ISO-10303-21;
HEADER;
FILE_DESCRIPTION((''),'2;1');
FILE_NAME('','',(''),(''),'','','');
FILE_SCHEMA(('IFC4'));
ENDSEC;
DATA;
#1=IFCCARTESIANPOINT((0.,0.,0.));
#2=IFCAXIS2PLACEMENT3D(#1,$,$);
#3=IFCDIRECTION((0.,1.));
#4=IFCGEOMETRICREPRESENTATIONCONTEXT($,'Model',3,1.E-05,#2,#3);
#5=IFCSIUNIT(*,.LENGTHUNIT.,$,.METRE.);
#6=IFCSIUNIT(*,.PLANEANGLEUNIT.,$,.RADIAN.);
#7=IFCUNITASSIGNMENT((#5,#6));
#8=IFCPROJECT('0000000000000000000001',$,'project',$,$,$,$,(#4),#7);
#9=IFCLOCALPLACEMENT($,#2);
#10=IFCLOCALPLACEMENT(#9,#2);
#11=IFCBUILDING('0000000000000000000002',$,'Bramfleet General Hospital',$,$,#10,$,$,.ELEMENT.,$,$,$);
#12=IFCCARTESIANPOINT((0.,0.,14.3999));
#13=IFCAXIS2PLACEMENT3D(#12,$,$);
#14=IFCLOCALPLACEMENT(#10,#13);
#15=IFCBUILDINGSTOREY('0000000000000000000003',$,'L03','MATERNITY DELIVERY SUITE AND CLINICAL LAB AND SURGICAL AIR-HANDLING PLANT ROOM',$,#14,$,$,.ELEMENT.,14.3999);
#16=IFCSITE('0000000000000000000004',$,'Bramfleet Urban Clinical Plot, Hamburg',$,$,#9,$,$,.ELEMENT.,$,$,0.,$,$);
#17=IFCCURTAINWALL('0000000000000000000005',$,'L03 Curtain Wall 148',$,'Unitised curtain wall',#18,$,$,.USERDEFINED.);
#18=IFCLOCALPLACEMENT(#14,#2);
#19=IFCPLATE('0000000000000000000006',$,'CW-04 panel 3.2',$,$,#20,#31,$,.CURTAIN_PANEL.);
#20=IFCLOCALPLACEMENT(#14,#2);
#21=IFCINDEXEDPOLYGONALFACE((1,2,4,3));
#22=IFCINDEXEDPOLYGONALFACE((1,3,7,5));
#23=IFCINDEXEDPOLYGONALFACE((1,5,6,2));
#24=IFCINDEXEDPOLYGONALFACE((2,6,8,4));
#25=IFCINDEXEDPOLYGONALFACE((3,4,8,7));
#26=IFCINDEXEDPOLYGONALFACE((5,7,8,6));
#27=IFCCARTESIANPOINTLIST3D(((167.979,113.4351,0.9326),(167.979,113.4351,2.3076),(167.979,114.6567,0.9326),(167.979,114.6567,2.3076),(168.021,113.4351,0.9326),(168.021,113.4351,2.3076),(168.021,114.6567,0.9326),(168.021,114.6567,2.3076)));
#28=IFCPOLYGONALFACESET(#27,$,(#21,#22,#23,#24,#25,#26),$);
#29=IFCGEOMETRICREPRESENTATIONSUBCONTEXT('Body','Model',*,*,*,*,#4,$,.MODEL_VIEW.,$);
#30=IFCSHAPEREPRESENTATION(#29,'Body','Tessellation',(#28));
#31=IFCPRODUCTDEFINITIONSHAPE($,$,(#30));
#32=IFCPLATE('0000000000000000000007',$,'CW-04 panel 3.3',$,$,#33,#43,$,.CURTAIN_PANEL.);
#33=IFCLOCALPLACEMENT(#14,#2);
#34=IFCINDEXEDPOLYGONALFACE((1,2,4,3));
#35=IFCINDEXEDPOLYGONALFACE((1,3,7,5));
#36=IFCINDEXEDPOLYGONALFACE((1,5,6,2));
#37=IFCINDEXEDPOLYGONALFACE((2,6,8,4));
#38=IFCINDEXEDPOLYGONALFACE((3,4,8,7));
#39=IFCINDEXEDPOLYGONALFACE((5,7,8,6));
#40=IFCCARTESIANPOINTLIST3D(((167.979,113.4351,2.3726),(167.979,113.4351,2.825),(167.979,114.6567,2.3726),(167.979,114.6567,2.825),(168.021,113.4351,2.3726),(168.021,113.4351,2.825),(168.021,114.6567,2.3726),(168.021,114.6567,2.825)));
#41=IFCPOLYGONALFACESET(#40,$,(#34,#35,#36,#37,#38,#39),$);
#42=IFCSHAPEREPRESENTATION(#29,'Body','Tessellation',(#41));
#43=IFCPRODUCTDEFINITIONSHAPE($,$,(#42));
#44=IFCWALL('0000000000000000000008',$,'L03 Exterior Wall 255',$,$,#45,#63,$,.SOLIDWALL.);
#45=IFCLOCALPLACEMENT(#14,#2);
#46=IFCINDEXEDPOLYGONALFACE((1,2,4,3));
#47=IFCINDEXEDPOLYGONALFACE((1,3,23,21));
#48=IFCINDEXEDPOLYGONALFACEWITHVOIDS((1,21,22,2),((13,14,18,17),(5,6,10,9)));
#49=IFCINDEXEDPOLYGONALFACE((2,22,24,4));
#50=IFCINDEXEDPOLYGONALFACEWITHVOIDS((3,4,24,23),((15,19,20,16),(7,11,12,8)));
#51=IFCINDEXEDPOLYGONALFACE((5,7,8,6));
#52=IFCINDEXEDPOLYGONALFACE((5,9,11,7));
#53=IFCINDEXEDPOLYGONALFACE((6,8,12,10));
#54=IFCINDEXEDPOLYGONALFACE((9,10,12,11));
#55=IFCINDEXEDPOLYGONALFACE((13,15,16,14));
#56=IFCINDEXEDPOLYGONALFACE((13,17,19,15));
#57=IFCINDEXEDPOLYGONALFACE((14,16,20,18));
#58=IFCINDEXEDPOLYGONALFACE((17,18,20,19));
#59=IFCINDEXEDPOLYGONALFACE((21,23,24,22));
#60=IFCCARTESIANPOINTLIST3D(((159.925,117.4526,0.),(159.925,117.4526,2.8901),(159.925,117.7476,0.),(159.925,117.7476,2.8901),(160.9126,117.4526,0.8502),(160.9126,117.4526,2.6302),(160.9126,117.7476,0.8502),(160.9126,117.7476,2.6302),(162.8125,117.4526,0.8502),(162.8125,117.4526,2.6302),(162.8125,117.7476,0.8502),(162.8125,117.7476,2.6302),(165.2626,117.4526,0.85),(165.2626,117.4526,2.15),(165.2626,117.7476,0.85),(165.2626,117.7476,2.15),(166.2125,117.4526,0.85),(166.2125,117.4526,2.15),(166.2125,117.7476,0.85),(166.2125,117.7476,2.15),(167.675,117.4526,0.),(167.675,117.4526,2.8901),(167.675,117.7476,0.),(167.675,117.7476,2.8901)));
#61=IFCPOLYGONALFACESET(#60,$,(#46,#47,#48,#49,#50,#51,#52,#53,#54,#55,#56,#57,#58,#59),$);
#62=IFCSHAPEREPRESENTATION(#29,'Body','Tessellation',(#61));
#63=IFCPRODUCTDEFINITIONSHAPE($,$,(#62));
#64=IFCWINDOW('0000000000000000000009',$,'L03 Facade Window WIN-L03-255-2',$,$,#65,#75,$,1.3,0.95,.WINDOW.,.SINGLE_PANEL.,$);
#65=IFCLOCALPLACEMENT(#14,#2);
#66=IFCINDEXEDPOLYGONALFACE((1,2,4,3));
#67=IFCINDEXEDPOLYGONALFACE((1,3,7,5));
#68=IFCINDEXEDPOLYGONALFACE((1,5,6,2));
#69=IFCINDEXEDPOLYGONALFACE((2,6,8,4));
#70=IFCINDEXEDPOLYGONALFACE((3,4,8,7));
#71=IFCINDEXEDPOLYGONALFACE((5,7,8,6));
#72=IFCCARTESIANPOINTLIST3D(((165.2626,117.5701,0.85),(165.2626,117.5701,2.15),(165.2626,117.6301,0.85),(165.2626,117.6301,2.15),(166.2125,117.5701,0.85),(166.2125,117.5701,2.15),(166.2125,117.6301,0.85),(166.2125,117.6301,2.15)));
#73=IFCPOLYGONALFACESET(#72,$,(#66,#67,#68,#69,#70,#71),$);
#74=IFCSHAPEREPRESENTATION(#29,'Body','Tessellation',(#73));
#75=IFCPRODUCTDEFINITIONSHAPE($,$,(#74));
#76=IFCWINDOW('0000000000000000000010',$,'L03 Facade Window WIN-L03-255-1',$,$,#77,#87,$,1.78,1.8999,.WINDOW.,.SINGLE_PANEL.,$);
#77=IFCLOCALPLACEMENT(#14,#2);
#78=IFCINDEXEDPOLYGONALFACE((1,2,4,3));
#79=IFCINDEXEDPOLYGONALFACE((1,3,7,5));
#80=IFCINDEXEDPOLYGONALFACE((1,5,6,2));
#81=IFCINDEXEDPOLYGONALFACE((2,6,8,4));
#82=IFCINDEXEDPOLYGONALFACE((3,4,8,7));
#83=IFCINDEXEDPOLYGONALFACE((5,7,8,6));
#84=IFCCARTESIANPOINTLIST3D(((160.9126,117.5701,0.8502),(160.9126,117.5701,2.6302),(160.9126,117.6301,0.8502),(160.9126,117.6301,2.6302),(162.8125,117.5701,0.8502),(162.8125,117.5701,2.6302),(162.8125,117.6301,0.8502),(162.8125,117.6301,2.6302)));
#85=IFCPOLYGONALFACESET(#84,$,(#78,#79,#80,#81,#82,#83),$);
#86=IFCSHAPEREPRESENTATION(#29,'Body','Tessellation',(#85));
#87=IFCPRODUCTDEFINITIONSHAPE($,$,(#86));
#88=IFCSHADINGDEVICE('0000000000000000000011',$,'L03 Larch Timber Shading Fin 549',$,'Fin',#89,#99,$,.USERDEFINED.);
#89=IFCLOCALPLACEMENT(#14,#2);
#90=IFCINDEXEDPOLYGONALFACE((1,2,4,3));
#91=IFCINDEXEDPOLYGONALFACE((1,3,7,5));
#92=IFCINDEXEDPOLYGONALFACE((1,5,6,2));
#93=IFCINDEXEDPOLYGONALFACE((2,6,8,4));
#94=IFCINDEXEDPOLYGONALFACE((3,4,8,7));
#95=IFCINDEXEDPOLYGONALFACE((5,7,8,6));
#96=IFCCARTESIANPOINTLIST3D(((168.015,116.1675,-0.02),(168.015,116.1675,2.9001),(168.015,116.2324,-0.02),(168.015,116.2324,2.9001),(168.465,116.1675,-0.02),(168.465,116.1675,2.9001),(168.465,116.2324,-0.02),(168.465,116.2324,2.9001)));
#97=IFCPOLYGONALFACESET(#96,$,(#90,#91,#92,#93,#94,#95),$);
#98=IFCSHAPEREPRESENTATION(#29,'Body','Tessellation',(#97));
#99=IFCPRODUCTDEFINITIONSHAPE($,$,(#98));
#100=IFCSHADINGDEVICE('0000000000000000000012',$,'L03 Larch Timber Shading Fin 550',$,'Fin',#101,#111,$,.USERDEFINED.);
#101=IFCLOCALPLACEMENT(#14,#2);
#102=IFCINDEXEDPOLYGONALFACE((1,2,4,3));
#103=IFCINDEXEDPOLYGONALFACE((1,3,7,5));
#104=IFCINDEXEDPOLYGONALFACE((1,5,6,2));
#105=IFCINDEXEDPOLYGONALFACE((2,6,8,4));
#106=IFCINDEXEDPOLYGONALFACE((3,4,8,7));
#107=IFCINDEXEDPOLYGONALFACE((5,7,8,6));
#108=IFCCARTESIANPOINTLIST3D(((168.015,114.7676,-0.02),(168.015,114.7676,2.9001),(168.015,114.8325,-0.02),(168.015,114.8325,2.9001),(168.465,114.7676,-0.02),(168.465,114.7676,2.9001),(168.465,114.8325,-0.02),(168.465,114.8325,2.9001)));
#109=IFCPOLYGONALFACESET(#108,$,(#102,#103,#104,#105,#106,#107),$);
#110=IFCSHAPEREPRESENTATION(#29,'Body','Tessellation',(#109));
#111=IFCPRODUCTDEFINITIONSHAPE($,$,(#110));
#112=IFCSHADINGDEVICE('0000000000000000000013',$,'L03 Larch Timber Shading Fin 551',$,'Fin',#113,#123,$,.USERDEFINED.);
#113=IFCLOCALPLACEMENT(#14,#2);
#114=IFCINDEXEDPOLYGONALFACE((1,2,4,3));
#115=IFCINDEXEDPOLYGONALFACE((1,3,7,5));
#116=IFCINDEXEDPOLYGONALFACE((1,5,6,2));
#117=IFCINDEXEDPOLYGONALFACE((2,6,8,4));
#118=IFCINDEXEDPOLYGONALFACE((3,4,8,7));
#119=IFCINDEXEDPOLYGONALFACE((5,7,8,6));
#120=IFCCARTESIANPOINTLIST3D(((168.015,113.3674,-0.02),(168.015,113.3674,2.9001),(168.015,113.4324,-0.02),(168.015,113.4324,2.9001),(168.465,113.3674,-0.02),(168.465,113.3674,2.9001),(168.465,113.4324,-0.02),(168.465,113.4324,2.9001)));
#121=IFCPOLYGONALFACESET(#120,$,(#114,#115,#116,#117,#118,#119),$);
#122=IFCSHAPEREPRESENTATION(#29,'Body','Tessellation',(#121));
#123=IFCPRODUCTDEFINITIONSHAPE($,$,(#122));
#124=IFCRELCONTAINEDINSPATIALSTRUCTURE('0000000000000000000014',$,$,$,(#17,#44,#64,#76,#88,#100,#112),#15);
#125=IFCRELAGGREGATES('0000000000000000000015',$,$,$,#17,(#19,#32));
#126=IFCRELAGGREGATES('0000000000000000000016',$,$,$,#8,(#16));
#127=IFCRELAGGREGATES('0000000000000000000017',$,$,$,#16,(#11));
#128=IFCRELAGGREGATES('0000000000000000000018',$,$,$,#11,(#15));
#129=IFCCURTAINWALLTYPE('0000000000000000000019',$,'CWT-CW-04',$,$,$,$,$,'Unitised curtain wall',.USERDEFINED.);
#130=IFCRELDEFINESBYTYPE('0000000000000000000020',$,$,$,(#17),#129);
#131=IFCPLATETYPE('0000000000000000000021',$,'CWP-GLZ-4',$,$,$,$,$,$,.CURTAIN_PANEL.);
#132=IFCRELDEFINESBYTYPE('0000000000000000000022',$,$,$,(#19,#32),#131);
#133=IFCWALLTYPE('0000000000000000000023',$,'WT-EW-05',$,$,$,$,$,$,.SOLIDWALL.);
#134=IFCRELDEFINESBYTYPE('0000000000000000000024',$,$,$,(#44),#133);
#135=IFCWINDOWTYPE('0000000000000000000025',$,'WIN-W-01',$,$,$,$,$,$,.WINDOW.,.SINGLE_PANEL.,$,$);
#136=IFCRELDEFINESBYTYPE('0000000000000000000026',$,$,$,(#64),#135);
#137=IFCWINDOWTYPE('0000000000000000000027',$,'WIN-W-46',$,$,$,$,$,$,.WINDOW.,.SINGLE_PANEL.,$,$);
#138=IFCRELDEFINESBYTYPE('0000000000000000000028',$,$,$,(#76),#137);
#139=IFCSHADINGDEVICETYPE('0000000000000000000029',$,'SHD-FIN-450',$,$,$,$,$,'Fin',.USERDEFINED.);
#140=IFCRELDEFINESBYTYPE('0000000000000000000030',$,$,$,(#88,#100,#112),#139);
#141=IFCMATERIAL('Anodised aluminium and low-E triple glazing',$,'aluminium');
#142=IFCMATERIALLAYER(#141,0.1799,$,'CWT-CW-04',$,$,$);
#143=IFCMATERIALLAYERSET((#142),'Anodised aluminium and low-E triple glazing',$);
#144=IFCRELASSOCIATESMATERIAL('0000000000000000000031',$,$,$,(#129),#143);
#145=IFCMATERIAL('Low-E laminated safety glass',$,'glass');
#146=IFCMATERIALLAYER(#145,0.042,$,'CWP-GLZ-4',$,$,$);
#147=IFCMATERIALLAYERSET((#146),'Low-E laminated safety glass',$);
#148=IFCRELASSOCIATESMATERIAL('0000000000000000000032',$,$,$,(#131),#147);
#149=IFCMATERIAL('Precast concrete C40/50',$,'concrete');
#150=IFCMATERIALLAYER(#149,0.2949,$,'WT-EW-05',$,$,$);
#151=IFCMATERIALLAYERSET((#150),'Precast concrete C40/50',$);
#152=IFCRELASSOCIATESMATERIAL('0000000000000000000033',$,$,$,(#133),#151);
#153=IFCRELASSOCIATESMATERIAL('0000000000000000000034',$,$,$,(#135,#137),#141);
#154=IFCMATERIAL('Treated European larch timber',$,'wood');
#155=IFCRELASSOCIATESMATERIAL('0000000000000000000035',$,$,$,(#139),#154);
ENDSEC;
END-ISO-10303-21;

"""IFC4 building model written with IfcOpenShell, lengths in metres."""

from ifc_helpers import new_model, si_unit, direction, frame, frame_2d, origin, origin_2d, place, context, subcontext, project, spatial, rectangle, extrude, material, layer, layer_set, material_profile, profile_set, type_object, element, fill, aggregate, save


model = new_model("IFC4")

# Units and contexts
model_context = context("Model", 3, precision=1e-05, world=origin(), true_north=direction((0.0, 1.0)))
body_context = subcontext(model_context, "Body", "Model", "MODEL_VIEW")
ifc_project = project(units=[si_unit("LENGTHUNIT", "METRE"), si_unit("PLANEANGLEUNIT", "RADIAN")], contexts=[model_context])

# Site, building, storey
site_placement = place(None, origin())
site = spatial("IfcSite", under=ifc_project, at=site_placement, Name="Bramfleet Urban Clinical Plot, Hamburg", CompositionType="ELEMENT", RefElevation=0.0)
building_placement = place(site_placement, origin())
building = spatial("IfcBuilding", under=site, at=building_placement, Name="Bramfleet General Hospital", CompositionType="ELEMENT")
storey_placement = place(building_placement, frame((0.0, 0.0, 14.3999)))
storey = spatial("IfcBuildingStorey", under=building, at=storey_placement, Name="L03", Description="MATERNITY DELIVERY SUITE AND CLINICAL LAB AND SURGICAL AIR-HANDLING PLANT ROOM", CompositionType="ELEMENT", Elevation=14.3999)

# Curtain wall, plates
ifc_material_1 = material(Name="Anodised aluminium and low-E triple glazing", Category="aluminium")
ifc_layer_1 = layer(ifc_material_1, 0.1799, Name="CWT-CW-04")
ifc_layer_set_1 = layer_set([ifc_layer_1], Name="Anodised aluminium and low-E triple glazing")
curtain_wall_type = type_object("IfcCurtainWallType", Name="CWT-CW-04", ElementType="Unitised curtain wall", PredefinedType="USERDEFINED", material=ifc_layer_set_1)
curtain_wall_placement = place(storey_placement, origin())
curtain_wall = element("IfcCurtainWall", 1, at=curtain_wall_placement, inside=storey, type_object=curtain_wall_type, Name="L03 Curtain Wall 148", ObjectType="Unitised curtain wall", PredefinedType="USERDEFINED")
ifc_material_2 = material(Name="Low-E laminated safety glass", Category="glass")
ifc_layer_2 = layer(ifc_material_2, 0.042, Name="CWP-GLZ-4")
ifc_layer_set_2 = layer_set([ifc_layer_2], Name="Low-E laminated safety glass")
plate_type = type_object("IfcPlateType", Name="CWP-GLZ-4", PredefinedType="CURTAIN_PANEL", material=ifc_layer_set_2)
plate_1_placement = place(storey_placement, frame((168.0, 114.0459, 0.9326), z_axis=(0.0, 0.0, 1.0), x_axis=(0.0, -1.0, 0.0)))
plate_1 = element("IfcPlate", 2, at=plate_1_placement, type_object=plate_type, Name="CW-04 panel 3.2", PredefinedType="CURTAIN_PANEL", context=body_context, shape_type="SweptSolid", body=[
    extrude(rectangle(XDim=1.2217, YDim=0.042, at=origin_2d()), origin(), (0.0, 0.0, 1.0), 1.375),
])
plate_2_placement = place(storey_placement, frame((168.0, 114.0459, 2.3726), z_axis=(0.0, 0.0, 1.0), x_axis=(0.0, -1.0, 0.0)))
plate_2 = element("IfcPlate", 3, at=plate_2_placement, type_object=plate_type, Name="CW-04 panel 3.3", PredefinedType="CURTAIN_PANEL", context=body_context, shape_type="SweptSolid", body=[
    extrude(rectangle(XDim=1.2217, YDim=0.042, at=origin_2d()), origin(), (0.0, 0.0, 1.0), 0.4524),
])
aggregate(curtain_wall, [plate_1, plate_2])

# Wall, openings, windows
ifc_material_3 = material(Name="Precast concrete C40/50", Category="concrete")
ifc_layer_3 = layer(ifc_material_3, 0.2949, Name="WT-EW-05")
ifc_layer_set_3 = layer_set([ifc_layer_3], Name="Precast concrete C40/50")
wall_type = type_object("IfcWallType", Name="WT-EW-05", PredefinedType="SOLIDWALL", material=ifc_layer_set_3)
wall_placement = place(storey_placement, frame((159.925, 117.6001, 0.0), z_axis=(0.0, 0.0, 1.0), x_axis=(1.0, 0.0, 0.0)))
wall = element("IfcWall", 4, at=wall_placement, inside=storey, type_object=wall_type, Name="L03 Exterior Wall 255", PredefinedType="SOLIDWALL", context=body_context, shape_type="SweptSolid", body=[
    extrude(rectangle(XDim=7.75, YDim=0.2949, at=frame_2d((3.875, 0.0))), origin(), (0.0, 0.0, 1.0), 2.8901),
])
opening_1_placement = place(wall_placement, frame((0.9875, 0.0, 0.8501)))
opening_1 = element("IfcOpeningElement", 5, at=opening_1_placement, cuts=wall, PredefinedType="OPENING", context=body_context, shape_type="SweptSolid", body=[
    extrude(rectangle(XDim=1.8999, YDim=1.78, at=frame_2d((0.95, 0.8901))), frame((0.0, 0.1575, 0.0), z_axis=(0.0, -1.0, 0.0), x_axis=(1.0, 0.0, 0.0)), (0.0, 0.0, 1.0), 0.3149),
])
opening_2_placement = place(wall_placement, frame((5.3374, 0.0, 0.8501)))
opening_2 = element("IfcOpeningElement", 6, at=opening_2_placement, cuts=wall, PredefinedType="OPENING", context=body_context, shape_type="SweptSolid", body=[
    extrude(rectangle(XDim=0.95, YDim=1.3, at=frame_2d((0.4751, 0.6499))), frame((0.0, 0.1575, 0.0), z_axis=(0.0, -1.0, 0.0), x_axis=(1.0, 0.0, 0.0)), (0.0, 0.0, 1.0), 0.3149),
])
window_type_1 = type_object("IfcWindowType", Name="WIN-W-01", PartitioningType="SINGLE_PANEL", PredefinedType="WINDOW", material=ifc_material_1)
window_1_placement = place(opening_2_placement, origin())
window_1 = element("IfcWindow", 7, at=window_1_placement, inside=storey, type_object=window_type_1, Name="L03 Facade Window WIN-L03-255-2", OverallHeight=1.3, OverallWidth=0.95, PartitioningType="SINGLE_PANEL", PredefinedType="WINDOW", context=body_context, shape_type="SweptSolid", body=[
    extrude(rectangle(XDim=0.95, YDim=1.3, at=frame_2d((0.4751, 0.6499))), frame((0.0, 0.03, 0.0), z_axis=(0.0, -1.0, 0.0), x_axis=(1.0, 0.0, 0.0)), (0.0, 0.0, 1.0), 0.0601),
])
fill(opening_2, window_1)
window_type_2 = type_object("IfcWindowType", Name="WIN-W-46", PartitioningType="SINGLE_PANEL", PredefinedType="WINDOW", material=ifc_material_1)
window_2_placement = place(opening_1_placement, origin())
window_2 = element("IfcWindow", 8, at=window_2_placement, inside=storey, type_object=window_type_2, Name="L03 Facade Window WIN-L03-255-1", OverallHeight=1.78, OverallWidth=1.8999, PartitioningType="SINGLE_PANEL", PredefinedType="WINDOW", context=body_context, shape_type="SweptSolid", body=[
    extrude(rectangle(XDim=1.8999, YDim=1.78, at=frame_2d((0.95, 0.8901))), frame((0.0, 0.03, 0.0), z_axis=(0.0, -1.0, 0.0), x_axis=(1.0, 0.0, 0.0)), (0.0, 0.0, 1.0), 0.0601),
])
fill(opening_1, window_2)

# Shading devices
ifc_material_4 = material(Name="Treated European larch timber", Category="wood")
ifc_material_profile_1 = material_profile(ifc_material_4, rectangle(XDim=0.0649, YDim=0.45, at=origin_2d()), Name="LARCH FIN 450x65")
ifc_profile_set_1 = profile_set([ifc_material_profile_1], Name="Treated European larch timber")
shading_device_type = type_object("IfcShadingDeviceType", Name="SHD-FIN-450", ElementType="Fin", PredefinedType="USERDEFINED", material=ifc_profile_set_1)
for number, where, z_axis, x_axis, name in (
    (9, (168.24, 116.2, -0.02), (0.0, 0.0, 1.0), (0.0, -1.0, 0.0), "L03 Larch Timber Shading Fin 549"),
    (10, (168.24, 114.8, -0.02), (0.0, 0.0, 1.0), (0.0, -1.0, 0.0), "L03 Larch Timber Shading Fin 550"),
    (11, (168.24, 113.3999, -0.02), (0.0, 0.0, 1.0), (0.0, -1.0, 0.0), "L03 Larch Timber Shading Fin 551"),
):
    element("IfcShadingDevice", number, at=place(storey_placement, frame(where, z_axis=z_axis, x_axis=x_axis)), inside=storey, type_object=shading_device_type, Name=name, ObjectType="Fin", PredefinedType="USERDEFINED", context=body_context, shape_type="SweptSolid", body=[
        extrude(rectangle(XDim=0.0649, YDim=0.45, at=origin_2d()), origin(), (0.0, 0.0, 1.0), 2.9202),
    ])

save(model, "model.ifc")
